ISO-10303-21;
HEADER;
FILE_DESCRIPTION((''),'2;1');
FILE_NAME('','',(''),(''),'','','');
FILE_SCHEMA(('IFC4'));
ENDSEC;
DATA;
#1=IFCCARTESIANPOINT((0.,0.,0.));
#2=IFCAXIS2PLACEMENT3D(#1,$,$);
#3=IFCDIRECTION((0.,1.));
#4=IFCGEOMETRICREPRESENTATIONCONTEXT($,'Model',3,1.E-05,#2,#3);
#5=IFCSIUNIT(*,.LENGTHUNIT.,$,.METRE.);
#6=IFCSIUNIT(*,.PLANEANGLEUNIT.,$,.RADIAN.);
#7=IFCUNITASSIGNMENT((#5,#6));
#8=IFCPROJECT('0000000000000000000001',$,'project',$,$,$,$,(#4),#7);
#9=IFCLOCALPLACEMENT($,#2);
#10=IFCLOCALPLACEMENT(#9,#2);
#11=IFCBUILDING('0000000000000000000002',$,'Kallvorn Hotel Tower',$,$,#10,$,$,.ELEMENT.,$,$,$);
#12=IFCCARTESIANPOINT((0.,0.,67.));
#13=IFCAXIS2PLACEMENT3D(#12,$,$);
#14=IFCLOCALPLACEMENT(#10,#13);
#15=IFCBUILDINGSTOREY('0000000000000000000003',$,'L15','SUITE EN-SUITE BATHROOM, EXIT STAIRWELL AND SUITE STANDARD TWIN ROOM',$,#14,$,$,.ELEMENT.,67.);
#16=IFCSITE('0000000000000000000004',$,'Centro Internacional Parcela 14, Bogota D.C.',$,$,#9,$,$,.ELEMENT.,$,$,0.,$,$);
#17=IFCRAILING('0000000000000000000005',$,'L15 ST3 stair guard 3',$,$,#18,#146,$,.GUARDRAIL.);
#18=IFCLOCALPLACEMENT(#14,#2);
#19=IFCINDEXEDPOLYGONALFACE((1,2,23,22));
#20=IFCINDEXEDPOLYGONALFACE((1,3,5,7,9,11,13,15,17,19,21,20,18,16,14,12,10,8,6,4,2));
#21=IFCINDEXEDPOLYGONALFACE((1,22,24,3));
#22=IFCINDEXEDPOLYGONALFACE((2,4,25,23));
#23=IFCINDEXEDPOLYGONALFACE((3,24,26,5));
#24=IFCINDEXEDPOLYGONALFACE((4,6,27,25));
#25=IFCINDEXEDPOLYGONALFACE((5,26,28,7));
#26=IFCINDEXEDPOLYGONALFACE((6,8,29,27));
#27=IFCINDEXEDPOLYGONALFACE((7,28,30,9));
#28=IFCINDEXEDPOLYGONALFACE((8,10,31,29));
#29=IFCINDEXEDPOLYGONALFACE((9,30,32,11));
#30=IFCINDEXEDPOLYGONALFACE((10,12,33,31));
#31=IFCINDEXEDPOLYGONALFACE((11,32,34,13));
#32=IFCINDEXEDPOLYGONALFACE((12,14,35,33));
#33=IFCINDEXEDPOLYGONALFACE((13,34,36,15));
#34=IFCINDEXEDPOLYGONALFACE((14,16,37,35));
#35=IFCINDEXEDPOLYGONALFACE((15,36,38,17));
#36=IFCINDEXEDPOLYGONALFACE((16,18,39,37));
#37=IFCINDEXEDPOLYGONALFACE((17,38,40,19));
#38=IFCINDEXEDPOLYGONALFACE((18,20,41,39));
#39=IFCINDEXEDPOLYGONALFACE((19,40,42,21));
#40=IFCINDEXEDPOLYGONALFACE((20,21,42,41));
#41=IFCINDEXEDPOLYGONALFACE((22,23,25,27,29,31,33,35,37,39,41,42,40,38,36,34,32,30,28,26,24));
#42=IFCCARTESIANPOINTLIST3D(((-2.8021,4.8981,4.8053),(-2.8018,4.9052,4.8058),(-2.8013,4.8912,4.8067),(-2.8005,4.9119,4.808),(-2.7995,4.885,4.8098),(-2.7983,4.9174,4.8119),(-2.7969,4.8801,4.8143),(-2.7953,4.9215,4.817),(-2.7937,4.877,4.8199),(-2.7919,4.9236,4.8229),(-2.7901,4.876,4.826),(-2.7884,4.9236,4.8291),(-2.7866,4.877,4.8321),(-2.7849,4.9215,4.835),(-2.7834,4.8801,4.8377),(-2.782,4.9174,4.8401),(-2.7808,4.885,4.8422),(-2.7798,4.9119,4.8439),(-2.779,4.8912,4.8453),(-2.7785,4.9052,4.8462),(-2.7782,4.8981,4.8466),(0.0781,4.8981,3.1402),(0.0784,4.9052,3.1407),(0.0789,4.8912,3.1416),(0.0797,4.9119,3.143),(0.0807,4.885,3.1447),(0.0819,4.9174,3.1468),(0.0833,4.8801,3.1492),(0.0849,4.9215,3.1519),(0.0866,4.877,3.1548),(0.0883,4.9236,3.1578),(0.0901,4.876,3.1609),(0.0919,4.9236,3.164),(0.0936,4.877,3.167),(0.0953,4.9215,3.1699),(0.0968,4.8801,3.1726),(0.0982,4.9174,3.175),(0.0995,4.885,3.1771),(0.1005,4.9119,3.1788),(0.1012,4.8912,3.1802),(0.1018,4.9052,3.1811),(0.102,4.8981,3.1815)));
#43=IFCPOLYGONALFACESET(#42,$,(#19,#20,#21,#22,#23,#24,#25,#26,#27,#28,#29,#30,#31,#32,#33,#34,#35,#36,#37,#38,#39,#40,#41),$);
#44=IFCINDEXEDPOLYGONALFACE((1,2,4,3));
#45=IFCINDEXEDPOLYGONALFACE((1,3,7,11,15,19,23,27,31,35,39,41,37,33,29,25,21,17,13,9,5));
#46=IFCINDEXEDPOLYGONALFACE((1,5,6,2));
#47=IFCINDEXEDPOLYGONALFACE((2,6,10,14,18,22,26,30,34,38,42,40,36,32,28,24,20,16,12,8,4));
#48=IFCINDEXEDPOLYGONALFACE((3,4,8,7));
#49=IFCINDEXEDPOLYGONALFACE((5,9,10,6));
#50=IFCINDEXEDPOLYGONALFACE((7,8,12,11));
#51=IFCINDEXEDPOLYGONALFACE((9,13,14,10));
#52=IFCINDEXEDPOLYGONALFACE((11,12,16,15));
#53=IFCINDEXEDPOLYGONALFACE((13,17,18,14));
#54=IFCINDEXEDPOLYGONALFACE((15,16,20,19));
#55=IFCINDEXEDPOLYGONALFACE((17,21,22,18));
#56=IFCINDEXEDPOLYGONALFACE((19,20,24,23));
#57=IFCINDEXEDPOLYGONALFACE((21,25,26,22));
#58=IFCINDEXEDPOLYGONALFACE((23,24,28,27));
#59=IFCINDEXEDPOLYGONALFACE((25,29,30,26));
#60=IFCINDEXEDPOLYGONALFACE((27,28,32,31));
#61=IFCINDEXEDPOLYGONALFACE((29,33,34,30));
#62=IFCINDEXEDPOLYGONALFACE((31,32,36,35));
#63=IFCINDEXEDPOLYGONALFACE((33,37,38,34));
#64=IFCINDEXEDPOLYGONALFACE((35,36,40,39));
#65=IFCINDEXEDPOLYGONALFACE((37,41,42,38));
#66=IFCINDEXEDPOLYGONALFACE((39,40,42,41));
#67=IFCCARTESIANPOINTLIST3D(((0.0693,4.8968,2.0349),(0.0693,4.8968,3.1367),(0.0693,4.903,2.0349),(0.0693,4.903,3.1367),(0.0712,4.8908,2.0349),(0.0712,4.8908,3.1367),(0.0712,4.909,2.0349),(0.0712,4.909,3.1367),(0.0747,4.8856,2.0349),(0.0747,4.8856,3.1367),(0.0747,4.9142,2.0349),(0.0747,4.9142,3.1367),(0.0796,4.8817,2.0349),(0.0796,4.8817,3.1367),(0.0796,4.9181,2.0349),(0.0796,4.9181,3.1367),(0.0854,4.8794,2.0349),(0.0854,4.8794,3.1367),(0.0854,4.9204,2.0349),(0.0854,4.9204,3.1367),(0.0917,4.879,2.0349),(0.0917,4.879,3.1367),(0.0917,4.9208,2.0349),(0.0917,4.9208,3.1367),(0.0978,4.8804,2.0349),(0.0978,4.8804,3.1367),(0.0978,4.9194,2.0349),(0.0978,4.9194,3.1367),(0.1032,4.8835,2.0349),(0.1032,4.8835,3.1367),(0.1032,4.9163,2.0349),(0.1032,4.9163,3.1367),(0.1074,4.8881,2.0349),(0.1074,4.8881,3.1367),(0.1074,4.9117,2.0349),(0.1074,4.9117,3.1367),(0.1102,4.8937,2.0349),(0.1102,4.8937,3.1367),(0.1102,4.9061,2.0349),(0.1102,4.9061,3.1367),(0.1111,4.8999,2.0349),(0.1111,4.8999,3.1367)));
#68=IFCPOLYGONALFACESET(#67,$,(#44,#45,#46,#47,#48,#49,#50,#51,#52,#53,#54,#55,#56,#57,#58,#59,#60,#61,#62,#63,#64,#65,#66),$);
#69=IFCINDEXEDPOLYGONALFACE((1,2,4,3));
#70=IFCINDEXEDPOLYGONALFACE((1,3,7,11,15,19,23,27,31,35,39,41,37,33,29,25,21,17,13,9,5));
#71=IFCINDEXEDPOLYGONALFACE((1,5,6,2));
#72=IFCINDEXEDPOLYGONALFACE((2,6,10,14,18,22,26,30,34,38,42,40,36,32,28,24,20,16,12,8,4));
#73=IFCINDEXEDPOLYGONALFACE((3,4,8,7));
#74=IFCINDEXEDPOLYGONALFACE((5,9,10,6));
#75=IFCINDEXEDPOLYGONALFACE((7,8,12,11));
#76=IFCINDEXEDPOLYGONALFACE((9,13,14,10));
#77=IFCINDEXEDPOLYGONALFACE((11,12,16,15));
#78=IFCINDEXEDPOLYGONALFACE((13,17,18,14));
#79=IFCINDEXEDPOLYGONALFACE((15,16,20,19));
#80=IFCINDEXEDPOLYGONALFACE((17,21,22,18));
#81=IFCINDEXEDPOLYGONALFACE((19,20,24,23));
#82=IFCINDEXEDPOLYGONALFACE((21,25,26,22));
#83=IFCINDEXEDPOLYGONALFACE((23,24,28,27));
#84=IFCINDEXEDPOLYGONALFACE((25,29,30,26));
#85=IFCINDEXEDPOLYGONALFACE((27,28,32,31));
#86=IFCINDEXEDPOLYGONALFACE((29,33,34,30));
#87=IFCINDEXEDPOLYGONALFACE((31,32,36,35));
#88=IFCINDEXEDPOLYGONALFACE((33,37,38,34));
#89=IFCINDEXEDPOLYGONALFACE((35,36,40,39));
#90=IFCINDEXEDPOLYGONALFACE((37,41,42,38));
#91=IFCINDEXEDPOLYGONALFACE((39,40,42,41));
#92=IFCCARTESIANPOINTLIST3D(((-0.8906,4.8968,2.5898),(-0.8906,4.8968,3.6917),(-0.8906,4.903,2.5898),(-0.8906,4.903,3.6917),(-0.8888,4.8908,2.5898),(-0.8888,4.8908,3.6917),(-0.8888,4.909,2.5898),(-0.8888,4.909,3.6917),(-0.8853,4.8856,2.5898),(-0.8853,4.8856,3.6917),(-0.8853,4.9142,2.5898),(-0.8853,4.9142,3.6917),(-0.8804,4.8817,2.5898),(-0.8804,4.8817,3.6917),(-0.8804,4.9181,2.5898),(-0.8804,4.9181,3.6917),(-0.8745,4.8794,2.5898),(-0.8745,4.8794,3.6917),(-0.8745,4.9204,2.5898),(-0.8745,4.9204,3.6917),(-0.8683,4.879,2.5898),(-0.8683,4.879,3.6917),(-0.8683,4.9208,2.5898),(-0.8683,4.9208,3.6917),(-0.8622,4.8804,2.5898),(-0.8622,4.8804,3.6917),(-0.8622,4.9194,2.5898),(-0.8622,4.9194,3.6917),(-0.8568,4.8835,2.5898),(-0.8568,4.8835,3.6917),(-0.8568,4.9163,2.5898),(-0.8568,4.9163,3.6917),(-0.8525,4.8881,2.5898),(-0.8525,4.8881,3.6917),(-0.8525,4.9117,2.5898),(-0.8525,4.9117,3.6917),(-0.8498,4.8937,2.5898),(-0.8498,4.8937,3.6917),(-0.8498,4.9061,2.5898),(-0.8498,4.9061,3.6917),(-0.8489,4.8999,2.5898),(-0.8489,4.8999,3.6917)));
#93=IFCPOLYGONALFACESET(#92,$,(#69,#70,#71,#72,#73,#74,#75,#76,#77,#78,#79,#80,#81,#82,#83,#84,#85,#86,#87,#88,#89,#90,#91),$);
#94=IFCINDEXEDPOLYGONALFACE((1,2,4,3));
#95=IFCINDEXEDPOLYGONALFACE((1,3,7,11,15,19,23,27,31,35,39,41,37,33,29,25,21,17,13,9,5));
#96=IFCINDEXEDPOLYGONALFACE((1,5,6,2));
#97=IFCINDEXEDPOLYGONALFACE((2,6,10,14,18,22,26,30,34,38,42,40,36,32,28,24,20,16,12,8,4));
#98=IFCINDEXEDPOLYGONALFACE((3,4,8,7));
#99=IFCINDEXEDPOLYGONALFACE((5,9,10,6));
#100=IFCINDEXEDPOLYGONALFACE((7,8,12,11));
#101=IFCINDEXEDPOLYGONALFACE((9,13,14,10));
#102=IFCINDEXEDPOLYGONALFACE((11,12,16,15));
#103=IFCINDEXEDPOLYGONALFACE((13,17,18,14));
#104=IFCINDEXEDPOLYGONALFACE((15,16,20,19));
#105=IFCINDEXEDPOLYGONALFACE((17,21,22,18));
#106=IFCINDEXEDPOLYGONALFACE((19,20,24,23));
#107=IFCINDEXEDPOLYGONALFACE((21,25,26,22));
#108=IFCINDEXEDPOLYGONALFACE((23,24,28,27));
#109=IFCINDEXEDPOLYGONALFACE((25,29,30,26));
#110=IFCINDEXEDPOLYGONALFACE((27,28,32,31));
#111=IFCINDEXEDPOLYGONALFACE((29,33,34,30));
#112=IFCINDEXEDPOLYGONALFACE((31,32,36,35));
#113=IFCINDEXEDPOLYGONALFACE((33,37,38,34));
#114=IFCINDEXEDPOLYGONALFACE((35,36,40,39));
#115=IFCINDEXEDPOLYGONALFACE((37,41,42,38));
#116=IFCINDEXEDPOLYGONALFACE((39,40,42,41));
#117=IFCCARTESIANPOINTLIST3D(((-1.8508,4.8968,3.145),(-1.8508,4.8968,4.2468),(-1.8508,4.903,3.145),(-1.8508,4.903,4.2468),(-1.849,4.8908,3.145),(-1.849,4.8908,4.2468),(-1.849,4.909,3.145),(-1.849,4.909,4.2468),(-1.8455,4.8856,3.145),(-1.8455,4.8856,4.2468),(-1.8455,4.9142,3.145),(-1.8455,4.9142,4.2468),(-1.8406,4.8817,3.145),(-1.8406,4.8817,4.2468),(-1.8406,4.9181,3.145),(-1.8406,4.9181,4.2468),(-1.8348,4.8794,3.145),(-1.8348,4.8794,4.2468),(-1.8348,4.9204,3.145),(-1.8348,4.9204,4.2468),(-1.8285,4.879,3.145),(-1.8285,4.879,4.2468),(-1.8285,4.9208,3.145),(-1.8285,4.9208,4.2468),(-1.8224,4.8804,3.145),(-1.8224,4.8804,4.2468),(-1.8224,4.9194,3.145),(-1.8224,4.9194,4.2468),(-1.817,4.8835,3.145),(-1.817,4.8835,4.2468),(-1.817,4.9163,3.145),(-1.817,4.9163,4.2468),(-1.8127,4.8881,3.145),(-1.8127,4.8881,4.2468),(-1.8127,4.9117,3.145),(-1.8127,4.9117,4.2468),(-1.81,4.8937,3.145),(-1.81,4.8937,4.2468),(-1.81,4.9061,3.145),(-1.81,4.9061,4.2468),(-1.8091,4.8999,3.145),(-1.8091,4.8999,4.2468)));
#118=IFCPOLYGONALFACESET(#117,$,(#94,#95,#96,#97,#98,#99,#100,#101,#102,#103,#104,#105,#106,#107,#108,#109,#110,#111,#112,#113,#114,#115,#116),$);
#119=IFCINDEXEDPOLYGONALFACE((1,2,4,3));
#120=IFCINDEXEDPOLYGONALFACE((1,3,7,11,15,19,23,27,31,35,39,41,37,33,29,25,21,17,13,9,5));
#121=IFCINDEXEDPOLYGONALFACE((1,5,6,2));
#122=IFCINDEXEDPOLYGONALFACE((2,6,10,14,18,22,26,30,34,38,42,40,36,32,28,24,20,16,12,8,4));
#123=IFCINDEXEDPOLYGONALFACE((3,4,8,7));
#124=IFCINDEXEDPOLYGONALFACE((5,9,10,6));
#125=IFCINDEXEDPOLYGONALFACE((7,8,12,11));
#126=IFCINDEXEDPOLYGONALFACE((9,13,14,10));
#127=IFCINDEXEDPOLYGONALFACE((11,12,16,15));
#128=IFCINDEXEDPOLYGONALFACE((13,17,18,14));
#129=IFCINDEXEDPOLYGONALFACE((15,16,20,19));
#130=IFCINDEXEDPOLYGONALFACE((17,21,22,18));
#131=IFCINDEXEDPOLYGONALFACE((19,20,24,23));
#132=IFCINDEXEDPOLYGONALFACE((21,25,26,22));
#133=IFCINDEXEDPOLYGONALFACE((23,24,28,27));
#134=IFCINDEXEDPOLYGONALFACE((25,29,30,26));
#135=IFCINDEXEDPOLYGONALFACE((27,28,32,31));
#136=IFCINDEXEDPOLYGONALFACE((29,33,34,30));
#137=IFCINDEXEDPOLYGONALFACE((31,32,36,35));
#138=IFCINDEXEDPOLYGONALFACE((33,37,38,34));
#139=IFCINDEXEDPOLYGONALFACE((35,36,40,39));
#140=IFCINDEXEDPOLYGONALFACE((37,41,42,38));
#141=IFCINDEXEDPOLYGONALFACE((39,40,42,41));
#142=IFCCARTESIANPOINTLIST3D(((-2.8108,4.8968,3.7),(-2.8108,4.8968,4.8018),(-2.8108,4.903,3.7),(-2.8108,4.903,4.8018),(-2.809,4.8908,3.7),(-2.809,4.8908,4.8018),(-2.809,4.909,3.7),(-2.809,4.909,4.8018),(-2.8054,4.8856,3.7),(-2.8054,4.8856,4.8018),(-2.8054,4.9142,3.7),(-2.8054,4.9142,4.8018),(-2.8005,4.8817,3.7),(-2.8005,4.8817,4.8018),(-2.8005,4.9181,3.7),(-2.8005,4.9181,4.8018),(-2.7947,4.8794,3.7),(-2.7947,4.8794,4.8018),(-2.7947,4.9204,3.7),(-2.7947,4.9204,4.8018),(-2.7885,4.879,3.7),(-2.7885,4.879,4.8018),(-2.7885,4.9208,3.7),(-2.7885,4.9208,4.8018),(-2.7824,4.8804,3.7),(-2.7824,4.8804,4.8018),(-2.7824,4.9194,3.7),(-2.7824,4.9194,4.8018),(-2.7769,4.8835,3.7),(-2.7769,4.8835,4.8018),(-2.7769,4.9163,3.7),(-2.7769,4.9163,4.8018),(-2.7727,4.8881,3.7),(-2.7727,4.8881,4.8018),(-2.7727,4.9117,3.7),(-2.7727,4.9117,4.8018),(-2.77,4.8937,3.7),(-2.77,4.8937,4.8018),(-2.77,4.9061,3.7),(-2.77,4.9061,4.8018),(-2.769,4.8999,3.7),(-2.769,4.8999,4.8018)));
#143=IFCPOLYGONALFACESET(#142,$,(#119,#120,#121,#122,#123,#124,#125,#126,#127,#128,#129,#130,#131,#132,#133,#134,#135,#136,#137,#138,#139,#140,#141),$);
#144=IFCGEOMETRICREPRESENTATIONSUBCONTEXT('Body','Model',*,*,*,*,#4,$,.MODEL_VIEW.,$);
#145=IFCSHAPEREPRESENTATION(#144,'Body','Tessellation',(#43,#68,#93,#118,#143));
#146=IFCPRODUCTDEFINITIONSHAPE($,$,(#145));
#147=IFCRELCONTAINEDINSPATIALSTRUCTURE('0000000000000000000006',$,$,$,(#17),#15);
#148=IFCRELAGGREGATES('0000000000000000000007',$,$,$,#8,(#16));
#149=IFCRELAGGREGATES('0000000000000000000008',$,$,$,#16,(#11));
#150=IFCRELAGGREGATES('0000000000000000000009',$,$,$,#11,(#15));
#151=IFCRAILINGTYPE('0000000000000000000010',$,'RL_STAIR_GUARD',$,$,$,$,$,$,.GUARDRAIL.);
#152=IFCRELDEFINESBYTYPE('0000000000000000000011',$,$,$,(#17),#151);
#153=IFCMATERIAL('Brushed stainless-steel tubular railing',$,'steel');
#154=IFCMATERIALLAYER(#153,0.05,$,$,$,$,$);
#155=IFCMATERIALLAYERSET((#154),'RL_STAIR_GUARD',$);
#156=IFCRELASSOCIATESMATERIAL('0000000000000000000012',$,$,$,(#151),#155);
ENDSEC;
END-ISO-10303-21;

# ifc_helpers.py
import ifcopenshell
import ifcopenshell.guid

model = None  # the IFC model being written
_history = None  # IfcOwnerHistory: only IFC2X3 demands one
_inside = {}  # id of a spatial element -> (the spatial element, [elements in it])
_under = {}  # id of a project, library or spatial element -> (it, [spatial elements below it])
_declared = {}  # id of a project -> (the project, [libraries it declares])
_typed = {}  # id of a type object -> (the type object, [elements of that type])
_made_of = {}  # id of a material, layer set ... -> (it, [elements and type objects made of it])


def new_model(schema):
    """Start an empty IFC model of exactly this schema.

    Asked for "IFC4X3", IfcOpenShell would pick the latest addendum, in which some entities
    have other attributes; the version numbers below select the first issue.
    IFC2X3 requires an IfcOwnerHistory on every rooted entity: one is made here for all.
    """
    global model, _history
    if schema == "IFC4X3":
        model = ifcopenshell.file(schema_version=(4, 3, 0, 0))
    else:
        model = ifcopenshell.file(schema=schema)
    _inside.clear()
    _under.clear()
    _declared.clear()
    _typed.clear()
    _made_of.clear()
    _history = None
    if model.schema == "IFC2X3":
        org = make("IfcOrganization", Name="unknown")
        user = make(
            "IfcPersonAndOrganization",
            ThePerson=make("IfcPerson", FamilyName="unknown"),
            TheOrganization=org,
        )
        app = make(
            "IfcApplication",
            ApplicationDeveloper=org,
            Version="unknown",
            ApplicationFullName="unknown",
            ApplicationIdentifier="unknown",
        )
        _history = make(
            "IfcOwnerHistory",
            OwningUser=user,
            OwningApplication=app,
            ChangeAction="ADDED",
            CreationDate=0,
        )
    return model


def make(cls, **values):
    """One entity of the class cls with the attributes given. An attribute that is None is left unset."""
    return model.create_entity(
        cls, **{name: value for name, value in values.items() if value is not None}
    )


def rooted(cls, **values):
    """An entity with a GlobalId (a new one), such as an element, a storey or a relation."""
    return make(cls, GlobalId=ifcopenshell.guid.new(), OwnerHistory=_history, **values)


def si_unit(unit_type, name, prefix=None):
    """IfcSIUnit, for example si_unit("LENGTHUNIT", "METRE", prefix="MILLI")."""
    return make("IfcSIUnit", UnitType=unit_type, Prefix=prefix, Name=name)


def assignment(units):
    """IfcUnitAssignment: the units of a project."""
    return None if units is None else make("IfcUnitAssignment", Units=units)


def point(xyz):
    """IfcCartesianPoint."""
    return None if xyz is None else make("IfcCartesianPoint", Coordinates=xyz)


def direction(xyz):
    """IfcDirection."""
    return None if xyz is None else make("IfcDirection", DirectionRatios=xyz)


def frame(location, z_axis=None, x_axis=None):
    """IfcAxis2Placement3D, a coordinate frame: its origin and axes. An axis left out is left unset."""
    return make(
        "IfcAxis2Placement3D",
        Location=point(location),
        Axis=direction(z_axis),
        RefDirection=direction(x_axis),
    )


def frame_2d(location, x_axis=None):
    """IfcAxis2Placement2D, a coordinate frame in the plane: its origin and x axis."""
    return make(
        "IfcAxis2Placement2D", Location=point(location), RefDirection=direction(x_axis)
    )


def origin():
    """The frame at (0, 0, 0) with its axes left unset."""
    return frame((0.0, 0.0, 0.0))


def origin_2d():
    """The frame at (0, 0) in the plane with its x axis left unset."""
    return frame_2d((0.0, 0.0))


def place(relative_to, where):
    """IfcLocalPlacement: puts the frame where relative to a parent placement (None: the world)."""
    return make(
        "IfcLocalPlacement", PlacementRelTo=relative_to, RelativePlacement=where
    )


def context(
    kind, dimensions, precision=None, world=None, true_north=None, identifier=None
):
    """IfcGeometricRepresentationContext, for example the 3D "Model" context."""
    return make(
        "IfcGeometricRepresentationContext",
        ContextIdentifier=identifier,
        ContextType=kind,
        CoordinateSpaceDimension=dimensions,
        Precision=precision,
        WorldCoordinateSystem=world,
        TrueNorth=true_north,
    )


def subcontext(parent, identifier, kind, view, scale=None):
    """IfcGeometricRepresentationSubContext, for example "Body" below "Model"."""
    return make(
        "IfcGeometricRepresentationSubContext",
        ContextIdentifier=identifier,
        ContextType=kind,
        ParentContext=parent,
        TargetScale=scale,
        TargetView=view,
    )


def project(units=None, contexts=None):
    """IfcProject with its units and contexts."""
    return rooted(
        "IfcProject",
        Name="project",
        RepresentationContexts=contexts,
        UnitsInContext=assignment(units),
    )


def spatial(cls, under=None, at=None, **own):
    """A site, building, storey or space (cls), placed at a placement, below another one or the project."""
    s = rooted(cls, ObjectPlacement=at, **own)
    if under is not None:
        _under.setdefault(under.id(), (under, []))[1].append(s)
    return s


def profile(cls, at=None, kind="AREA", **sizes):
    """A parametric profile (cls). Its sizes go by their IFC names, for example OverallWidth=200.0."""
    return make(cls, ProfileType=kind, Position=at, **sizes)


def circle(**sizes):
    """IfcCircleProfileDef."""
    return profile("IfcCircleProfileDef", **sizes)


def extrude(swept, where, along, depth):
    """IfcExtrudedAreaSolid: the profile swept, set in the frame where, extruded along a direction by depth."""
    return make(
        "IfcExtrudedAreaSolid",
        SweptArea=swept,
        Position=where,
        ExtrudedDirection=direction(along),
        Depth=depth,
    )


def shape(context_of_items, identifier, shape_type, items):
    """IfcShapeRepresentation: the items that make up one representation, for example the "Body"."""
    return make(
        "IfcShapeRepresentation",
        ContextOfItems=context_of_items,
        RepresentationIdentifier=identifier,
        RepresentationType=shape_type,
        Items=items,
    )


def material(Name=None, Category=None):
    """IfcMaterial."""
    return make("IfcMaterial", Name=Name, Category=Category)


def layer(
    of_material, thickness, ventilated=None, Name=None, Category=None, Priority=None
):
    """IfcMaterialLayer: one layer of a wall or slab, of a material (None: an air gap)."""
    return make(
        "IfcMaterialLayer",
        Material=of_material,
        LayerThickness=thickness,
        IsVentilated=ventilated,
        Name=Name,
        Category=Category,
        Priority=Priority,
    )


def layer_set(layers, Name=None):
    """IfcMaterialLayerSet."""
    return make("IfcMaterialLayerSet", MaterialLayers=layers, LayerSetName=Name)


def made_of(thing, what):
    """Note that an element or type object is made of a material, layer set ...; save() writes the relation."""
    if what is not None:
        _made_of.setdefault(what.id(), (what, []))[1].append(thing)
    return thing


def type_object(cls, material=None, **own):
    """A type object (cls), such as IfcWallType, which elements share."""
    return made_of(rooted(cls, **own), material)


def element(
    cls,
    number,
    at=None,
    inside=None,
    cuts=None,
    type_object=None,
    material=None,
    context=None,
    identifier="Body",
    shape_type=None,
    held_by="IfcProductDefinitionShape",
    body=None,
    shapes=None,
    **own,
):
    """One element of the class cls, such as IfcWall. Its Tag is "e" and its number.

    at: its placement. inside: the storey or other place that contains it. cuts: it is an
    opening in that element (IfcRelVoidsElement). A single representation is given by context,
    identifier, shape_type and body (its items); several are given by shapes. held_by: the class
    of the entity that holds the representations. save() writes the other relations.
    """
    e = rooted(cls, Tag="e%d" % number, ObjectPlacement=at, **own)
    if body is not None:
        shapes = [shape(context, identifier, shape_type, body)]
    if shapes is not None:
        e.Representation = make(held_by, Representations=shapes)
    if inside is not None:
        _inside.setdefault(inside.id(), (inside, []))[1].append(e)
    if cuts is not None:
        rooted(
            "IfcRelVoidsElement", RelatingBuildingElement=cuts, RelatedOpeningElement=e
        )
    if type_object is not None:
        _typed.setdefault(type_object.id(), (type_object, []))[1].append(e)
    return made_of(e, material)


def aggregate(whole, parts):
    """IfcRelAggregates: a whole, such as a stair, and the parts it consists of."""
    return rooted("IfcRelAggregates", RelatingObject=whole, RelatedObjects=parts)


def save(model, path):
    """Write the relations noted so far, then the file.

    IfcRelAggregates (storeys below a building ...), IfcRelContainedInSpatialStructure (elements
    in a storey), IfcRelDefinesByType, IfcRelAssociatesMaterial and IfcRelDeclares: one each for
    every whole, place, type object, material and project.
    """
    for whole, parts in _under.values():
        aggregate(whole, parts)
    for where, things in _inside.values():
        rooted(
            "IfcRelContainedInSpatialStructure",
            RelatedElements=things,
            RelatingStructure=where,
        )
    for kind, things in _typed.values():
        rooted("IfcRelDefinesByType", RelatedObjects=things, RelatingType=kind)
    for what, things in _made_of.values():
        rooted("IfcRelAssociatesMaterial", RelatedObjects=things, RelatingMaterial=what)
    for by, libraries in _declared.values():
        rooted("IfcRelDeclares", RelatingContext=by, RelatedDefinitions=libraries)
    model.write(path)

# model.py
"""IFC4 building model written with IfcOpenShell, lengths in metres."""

from ifc_helpers import new_model, si_unit, direction, frame, origin, origin_2d, place, context, subcontext, project, spatial, circle, extrude, material, layer, layer_set, type_object, element, save


model = new_model("IFC4")

# Units and contexts
model_context = context("Model", 3, precision=1e-05, world=origin(), true_north=direction((0.0, 1.0)))
body_context = subcontext(model_context, "Body", "Model", "MODEL_VIEW")
ifc_project = project(units=[si_unit("LENGTHUNIT", "METRE"), si_unit("PLANEANGLEUNIT", "RADIAN")], contexts=[model_context])

# Site, building, storey
site_placement = place(None, origin())
site = spatial("IfcSite", under=ifc_project, at=site_placement, Name="Centro Internacional Parcela 14, Bogota D.C.", CompositionType="ELEMENT", RefElevation=0.0)
building_placement = place(site_placement, origin())
building = spatial("IfcBuilding", under=site, at=building_placement, Name="Kallvorn Hotel Tower", CompositionType="ELEMENT")
storey_placement = place(building_placement, frame((0.0, 0.0, 67.0)))
storey = spatial("IfcBuildingStorey", under=building, at=storey_placement, Name="L15", Description="SUITE EN-SUITE BATHROOM, EXIT STAIRWELL AND SUITE STANDARD TWIN ROOM", CompositionType="ELEMENT", Elevation=67.0)

# Railing
ifc_material_1 = material(Name="Brushed stainless-steel tubular railing", Category="steel")
ifc_layer_1 = layer(ifc_material_1, 0.05)
ifc_layer_set_1 = layer_set([ifc_layer_1], Name="RL_STAIR_GUARD")
railing_type_1 = type_object("IfcRailingType", Name="RL_STAIR_GUARD", PredefinedType="GUARDRAIL", material=ifc_layer_set_1)
railing_1_placement = place(storey_placement, frame((0.0901, 4.8999, 2.0349)))
element("IfcRailing", 1, at=railing_1_placement, inside=storey, type_object=railing_type_1, Name="L15 ST3 stair guard 3", PredefinedType="GUARDRAIL", context=body_context, shape_type="SweptSolid", body=[
    extrude(circle(Radius=0.0239, at=origin_2d()), frame((0.0, 0.0, 1.126), z_axis=(-0.865739, 0.0, 0.500495), x_axis=(0.0, -1.0, 0.0)), (0.0, 0.0, 1.0), 3.3269),
    extrude(circle(Radius=0.021, at=origin_2d()), origin(), (0.0, 0.0, 1.0), 1.1018),
    extrude(circle(Radius=0.021, at=origin_2d()), frame((-0.96, 0.0, 0.5549)), (0.0, 0.0, 1.0), 1.1018),
    extrude(circle(Radius=0.021, at=origin_2d()), frame((-1.9202, 0.0, 1.1101)), (0.0, 0.0, 1.0), 1.1018),
    extrude(circle(Radius=0.021, at=origin_2d()), frame((-2.8801, 0.0, 1.665)), (0.0, 0.0, 1.0), 1.1018),
])

save(model, "model.ifc")
